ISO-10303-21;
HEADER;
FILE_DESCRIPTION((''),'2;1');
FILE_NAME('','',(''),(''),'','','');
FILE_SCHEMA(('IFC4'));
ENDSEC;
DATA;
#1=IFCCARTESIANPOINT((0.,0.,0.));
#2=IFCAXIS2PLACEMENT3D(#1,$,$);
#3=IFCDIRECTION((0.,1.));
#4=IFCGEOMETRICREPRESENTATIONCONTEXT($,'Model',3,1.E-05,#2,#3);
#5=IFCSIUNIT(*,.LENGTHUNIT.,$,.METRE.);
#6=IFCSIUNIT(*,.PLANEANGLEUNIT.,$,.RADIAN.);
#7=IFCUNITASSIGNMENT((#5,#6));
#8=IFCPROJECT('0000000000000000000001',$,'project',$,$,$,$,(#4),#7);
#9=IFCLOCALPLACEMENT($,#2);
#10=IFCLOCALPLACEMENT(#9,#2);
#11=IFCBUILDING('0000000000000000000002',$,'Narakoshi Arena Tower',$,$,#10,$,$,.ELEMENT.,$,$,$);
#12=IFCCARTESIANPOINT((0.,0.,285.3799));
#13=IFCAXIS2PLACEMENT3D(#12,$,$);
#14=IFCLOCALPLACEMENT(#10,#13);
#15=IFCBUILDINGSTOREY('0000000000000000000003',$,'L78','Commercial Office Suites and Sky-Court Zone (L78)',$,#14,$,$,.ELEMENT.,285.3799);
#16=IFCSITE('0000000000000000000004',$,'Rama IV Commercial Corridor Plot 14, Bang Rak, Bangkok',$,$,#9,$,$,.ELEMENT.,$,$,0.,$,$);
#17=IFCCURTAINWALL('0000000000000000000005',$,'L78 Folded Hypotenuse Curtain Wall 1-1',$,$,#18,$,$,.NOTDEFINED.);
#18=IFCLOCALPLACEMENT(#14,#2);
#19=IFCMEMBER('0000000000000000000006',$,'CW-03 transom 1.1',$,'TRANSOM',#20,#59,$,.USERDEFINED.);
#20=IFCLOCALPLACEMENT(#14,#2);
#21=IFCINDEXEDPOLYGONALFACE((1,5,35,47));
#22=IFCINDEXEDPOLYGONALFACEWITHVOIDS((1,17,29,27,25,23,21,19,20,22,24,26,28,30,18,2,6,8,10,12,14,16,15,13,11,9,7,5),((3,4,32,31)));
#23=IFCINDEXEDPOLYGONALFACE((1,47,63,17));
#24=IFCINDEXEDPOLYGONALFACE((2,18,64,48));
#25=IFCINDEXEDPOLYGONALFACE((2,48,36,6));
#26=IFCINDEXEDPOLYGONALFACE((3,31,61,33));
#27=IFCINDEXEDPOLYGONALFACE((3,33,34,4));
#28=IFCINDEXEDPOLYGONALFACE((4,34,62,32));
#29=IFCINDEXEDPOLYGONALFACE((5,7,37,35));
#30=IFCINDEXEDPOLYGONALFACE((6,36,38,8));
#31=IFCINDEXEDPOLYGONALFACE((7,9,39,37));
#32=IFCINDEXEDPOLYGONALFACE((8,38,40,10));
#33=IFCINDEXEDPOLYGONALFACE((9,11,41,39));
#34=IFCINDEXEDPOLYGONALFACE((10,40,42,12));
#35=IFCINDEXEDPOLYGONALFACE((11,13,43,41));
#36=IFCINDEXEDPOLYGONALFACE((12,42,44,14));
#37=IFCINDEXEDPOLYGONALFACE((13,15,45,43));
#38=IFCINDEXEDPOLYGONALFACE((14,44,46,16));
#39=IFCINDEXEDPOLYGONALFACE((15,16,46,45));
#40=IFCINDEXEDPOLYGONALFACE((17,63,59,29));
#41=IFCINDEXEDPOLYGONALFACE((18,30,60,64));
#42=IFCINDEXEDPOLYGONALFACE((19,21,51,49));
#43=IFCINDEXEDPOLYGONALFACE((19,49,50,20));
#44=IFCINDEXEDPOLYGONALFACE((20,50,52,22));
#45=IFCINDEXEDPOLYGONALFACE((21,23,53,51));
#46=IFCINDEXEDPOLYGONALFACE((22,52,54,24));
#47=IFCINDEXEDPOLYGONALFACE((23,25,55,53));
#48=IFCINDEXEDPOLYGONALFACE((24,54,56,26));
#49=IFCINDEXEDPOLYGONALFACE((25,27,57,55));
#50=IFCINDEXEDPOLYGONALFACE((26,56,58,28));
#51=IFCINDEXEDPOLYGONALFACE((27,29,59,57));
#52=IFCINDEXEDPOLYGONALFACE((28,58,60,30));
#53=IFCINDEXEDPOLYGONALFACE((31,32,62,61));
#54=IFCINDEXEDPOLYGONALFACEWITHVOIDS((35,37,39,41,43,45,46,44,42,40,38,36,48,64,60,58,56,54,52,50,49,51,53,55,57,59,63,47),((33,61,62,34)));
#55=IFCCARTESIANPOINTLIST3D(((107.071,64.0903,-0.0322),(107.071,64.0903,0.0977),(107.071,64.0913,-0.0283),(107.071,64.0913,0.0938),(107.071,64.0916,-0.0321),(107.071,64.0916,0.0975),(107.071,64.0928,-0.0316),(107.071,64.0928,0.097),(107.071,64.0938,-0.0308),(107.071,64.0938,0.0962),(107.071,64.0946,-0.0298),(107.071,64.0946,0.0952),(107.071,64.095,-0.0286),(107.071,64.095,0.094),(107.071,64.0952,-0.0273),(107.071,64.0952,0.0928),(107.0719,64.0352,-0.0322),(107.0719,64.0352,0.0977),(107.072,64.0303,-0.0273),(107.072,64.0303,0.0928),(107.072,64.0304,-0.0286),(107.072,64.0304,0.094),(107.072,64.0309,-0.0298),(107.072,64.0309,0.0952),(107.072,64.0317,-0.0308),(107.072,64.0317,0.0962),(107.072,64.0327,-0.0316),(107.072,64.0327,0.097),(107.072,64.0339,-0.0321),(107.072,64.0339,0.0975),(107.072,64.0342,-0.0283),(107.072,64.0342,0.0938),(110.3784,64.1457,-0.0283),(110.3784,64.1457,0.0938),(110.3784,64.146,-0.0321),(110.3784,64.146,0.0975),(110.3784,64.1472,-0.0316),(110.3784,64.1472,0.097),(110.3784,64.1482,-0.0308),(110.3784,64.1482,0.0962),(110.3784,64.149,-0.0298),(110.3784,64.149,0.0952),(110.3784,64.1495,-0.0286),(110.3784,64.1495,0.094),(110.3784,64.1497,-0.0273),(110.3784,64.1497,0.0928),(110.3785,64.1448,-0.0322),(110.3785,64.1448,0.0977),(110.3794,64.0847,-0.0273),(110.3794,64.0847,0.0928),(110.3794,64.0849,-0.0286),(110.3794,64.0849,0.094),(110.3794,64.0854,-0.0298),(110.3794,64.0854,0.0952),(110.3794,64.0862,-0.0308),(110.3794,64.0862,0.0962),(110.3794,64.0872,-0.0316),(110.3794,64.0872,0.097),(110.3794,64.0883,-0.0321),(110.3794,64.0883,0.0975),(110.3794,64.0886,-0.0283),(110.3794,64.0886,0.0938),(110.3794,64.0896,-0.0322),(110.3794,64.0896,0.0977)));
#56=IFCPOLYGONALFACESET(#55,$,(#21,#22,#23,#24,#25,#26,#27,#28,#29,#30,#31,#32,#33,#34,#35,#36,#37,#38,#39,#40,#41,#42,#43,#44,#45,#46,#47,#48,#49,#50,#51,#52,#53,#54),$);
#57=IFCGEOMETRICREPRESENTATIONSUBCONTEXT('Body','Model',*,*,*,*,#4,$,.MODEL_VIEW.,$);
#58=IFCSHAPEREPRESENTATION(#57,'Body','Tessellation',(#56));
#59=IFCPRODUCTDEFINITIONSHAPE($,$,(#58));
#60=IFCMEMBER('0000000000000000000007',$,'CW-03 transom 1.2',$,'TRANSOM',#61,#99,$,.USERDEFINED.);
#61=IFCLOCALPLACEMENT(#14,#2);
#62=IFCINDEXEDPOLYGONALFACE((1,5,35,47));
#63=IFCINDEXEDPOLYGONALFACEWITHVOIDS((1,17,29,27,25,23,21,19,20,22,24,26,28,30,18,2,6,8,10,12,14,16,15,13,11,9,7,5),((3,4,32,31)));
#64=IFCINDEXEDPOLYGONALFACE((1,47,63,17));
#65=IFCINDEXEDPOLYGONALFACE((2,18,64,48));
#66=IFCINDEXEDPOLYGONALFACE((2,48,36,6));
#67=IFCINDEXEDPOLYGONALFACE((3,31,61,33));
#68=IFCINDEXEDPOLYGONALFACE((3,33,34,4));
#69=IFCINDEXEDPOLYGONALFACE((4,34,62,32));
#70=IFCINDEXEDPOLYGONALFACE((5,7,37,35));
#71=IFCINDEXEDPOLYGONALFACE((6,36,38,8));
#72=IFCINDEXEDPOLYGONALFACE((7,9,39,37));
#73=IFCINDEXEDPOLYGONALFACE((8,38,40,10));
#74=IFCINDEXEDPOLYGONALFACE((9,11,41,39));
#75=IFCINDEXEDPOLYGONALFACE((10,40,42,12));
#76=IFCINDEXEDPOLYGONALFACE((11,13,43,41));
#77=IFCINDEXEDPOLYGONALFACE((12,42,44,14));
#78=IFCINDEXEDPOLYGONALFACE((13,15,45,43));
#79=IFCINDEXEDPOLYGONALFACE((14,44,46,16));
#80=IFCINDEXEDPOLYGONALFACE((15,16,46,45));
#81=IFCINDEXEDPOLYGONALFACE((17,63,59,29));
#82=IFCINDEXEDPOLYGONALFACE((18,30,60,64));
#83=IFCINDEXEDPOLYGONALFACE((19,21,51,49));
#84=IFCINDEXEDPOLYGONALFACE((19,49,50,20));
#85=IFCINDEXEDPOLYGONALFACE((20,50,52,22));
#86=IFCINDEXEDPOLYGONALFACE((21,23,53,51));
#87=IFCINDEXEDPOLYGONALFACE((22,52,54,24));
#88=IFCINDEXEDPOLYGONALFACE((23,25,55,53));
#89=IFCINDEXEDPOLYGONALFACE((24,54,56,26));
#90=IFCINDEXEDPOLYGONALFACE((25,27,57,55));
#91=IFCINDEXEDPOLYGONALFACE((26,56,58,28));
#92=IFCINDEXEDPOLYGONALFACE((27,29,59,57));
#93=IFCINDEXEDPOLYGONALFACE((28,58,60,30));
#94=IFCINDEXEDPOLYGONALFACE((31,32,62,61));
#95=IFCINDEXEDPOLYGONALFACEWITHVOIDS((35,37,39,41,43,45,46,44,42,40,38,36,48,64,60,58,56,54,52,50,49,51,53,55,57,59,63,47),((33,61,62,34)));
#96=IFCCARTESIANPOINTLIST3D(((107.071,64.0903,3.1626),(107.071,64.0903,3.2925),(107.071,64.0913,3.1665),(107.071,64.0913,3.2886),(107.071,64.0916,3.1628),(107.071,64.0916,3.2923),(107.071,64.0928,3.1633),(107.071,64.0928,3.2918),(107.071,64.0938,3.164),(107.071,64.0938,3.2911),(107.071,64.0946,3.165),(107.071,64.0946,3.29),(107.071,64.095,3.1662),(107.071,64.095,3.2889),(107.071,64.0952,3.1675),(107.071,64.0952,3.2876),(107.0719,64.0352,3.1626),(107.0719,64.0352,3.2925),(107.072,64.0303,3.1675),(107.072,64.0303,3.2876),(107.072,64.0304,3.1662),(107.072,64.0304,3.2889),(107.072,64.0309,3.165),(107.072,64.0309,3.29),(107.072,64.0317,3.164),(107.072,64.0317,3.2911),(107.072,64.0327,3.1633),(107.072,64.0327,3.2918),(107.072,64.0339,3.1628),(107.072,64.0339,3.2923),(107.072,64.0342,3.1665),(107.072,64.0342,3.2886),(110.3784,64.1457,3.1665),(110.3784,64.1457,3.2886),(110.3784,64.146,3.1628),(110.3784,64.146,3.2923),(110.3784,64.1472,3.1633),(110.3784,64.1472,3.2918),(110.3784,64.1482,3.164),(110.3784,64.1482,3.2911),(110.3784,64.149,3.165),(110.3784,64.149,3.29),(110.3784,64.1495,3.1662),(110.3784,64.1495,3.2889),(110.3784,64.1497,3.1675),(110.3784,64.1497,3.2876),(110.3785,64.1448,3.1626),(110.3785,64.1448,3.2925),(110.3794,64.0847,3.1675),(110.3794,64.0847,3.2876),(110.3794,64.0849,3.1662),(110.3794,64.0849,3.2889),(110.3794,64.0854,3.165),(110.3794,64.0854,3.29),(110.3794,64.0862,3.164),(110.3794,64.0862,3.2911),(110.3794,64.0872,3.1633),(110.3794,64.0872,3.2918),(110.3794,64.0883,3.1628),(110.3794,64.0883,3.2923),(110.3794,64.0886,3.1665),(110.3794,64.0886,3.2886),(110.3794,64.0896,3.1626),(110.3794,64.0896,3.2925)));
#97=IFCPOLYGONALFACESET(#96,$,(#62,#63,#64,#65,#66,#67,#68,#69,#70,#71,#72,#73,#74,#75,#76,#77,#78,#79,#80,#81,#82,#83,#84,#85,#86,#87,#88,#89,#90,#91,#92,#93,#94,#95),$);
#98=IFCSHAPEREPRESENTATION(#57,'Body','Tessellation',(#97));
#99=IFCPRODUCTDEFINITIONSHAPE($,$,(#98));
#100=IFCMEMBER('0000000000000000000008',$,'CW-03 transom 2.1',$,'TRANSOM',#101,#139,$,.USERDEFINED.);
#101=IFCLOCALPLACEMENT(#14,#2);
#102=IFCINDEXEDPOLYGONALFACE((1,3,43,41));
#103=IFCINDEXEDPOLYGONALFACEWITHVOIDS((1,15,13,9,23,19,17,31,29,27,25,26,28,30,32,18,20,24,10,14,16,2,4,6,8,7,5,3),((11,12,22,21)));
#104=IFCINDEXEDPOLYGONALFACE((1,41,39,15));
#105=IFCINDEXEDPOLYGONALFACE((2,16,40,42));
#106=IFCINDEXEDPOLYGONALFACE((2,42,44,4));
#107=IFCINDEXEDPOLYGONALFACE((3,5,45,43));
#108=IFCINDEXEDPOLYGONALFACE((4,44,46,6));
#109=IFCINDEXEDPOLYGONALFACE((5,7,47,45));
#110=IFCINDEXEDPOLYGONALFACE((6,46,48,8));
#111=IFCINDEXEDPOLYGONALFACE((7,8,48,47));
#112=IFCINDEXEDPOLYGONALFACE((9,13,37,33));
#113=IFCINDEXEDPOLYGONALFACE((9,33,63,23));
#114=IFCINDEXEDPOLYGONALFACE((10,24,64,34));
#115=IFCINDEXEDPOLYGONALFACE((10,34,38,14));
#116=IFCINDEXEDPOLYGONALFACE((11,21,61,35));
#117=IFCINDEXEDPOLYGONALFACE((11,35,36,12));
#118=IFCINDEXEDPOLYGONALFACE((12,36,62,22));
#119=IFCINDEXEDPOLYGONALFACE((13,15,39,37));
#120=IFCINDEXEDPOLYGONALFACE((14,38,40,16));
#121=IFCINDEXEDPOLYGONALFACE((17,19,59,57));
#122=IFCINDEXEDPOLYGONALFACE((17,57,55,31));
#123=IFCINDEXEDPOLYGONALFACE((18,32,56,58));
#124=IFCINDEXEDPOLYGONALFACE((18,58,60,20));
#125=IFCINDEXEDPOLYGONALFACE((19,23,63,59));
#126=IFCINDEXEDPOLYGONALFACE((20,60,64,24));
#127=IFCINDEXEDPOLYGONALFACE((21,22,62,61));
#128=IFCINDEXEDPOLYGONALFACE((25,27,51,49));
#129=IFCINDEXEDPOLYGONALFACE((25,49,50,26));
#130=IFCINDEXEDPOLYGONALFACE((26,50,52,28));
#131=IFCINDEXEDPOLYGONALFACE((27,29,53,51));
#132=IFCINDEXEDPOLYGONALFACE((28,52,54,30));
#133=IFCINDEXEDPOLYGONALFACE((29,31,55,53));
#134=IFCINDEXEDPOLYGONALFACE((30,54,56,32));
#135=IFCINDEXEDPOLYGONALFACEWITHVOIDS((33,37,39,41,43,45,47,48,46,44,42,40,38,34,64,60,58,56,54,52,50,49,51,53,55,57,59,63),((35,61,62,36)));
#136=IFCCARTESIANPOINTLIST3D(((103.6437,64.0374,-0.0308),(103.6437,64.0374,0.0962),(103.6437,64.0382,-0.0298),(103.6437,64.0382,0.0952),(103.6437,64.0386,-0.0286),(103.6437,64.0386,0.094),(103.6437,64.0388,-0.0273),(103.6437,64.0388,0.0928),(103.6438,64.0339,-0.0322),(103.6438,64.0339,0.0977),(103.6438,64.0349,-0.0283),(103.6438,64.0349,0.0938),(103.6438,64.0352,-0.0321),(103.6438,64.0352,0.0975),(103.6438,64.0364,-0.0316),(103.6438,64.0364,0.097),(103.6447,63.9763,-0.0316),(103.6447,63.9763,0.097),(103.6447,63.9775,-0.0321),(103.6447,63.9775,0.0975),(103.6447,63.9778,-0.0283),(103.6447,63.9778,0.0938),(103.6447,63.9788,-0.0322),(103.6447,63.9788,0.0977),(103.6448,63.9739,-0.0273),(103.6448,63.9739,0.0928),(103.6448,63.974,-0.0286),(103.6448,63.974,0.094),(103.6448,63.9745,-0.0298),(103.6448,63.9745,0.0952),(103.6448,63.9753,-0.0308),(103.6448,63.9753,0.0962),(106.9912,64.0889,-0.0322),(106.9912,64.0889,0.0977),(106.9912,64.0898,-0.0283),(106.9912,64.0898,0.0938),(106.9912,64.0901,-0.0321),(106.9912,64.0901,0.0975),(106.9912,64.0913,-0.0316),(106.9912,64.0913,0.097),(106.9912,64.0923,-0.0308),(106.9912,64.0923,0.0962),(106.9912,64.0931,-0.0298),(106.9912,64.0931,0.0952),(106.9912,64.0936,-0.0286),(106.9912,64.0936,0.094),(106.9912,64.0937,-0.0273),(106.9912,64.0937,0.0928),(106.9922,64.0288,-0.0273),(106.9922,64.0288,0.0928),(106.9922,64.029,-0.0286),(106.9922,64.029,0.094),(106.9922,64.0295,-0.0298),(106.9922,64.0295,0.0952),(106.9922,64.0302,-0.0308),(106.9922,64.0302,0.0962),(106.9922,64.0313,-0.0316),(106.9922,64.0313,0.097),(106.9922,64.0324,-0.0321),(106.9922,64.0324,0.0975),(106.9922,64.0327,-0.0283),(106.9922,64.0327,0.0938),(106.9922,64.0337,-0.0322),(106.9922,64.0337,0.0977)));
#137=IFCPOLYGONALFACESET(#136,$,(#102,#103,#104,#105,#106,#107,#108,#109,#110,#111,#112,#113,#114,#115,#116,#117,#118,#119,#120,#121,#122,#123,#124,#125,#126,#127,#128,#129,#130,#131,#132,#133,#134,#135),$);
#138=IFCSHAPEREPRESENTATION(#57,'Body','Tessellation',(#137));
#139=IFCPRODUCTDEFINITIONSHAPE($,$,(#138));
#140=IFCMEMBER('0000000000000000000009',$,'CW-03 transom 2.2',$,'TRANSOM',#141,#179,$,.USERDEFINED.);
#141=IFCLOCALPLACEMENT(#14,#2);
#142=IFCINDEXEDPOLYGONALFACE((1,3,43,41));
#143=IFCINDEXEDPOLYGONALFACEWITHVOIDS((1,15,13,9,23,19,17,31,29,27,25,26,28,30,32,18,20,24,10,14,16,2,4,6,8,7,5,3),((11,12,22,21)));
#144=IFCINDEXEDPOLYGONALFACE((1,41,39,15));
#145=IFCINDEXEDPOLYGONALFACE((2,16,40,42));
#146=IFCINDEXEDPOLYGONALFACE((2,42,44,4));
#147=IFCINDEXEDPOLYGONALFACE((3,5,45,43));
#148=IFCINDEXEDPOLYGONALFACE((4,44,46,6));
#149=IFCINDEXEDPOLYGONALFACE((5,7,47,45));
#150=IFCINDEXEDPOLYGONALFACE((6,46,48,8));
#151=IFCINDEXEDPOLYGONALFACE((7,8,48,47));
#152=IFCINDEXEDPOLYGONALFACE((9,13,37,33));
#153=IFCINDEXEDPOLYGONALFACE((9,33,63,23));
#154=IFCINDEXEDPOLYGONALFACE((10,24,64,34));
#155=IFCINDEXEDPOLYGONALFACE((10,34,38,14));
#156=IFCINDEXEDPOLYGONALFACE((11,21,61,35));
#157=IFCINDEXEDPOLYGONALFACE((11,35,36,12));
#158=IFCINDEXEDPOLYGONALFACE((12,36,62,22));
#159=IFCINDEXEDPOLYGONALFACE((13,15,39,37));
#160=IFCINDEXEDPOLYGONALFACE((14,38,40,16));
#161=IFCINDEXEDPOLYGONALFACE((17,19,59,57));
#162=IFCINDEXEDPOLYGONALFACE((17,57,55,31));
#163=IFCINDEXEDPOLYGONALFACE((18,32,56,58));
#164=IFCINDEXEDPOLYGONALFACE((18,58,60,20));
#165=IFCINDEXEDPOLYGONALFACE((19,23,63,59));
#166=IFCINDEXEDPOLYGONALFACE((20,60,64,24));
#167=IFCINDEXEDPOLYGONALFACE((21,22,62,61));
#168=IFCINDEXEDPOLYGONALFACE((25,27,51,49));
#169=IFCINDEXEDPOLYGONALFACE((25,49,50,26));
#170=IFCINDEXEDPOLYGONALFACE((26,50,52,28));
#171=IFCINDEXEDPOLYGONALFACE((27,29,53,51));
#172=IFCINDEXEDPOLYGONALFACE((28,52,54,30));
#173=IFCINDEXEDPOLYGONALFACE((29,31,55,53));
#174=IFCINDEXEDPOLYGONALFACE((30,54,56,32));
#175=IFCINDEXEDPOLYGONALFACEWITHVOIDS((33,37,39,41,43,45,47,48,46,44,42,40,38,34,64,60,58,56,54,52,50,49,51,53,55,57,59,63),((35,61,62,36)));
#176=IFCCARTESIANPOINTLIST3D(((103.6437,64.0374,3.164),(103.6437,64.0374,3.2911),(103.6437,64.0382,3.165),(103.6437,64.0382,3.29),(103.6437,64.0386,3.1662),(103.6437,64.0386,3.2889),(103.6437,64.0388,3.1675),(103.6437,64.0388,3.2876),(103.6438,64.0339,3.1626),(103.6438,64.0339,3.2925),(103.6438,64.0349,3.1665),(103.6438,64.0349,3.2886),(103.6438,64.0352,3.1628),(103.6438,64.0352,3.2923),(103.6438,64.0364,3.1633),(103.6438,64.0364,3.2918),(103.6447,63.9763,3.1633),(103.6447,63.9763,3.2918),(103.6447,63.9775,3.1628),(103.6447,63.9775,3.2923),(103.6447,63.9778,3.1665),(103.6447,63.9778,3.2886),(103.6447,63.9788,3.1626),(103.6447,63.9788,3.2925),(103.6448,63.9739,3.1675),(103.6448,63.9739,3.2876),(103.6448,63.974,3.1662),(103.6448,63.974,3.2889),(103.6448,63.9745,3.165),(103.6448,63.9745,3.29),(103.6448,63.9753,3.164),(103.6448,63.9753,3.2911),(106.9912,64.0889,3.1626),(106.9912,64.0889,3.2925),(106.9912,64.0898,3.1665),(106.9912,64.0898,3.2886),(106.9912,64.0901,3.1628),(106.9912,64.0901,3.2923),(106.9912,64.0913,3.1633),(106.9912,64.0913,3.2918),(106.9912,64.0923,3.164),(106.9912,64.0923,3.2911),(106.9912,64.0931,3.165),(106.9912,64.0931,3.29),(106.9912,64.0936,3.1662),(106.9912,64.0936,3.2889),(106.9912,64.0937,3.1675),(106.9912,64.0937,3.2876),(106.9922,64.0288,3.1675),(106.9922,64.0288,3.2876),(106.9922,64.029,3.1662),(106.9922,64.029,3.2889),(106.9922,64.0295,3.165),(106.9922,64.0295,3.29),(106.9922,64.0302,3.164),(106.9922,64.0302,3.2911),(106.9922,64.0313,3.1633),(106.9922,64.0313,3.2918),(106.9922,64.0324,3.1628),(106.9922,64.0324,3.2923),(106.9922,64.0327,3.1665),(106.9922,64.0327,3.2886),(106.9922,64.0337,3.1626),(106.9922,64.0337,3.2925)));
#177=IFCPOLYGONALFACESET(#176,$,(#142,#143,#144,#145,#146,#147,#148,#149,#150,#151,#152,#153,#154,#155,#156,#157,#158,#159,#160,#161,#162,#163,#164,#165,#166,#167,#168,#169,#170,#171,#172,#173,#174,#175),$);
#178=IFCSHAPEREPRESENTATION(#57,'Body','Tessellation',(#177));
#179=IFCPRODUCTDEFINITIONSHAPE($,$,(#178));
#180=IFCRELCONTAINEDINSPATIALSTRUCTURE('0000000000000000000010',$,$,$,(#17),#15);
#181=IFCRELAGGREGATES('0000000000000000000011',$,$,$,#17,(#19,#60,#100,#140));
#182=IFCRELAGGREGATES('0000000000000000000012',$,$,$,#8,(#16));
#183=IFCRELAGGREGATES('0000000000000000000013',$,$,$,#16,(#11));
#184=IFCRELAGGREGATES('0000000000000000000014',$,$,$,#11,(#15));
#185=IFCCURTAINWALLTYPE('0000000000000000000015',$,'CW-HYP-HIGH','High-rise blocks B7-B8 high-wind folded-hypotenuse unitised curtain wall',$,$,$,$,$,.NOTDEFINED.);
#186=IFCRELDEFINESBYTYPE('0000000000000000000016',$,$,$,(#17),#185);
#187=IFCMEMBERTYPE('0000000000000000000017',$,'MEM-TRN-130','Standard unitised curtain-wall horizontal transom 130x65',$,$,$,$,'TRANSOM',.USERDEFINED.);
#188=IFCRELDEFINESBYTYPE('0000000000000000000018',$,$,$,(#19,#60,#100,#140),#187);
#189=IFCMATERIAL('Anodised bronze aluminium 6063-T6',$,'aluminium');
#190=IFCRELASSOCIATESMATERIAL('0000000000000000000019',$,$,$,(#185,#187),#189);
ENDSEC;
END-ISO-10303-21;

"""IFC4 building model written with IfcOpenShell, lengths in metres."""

from ifc_helpers import new_model, si_unit, direction, frame, origin, origin_2d, place, context, subcontext, project, spatial, hollow_rectangle, extrude, material, material_profile, profile_set, type_object, element, aggregate, save


model = new_model("IFC4")

# Units and contexts
model_context = context("Model", 3, precision=1e-05, world=origin(), true_north=direction((0.0, 1.0)))
body_context = subcontext(model_context, "Body", "Model", "MODEL_VIEW")
ifc_project = project(units=[si_unit("LENGTHUNIT", "METRE"), si_unit("PLANEANGLEUNIT", "RADIAN")], contexts=[model_context])

# Site, building, storey
site_placement = place(None, origin())
site = spatial("IfcSite", under=ifc_project, at=site_placement, Name="Rama IV Commercial Corridor Plot 14, Bang Rak, Bangkok", CompositionType="ELEMENT", RefElevation=0.0)
building_placement = place(site_placement, origin())
building = spatial("IfcBuilding", under=site, at=building_placement, Name="Narakoshi Arena Tower", CompositionType="ELEMENT")
storey_placement = place(building_placement, frame((0.0, 0.0, 285.3799)))
storey = spatial("IfcBuildingStorey", under=building, at=storey_placement, Name="L78", Description="Commercial Office Suites and Sky-Court Zone (L78)", CompositionType="ELEMENT", Elevation=285.3799)

# Curtain wall, members
ifc_material_1 = material(Name="Anodised bronze aluminium 6063-T6", Category="aluminium")
curtain_wall_type = type_object("IfcCurtainWallType", Name="CW-HYP-HIGH", Description="High-rise blocks B7-B8 high-wind folded-hypotenuse unitised curtain wall", PredefinedType="NOTDEFINED", material=ifc_material_1)
curtain_wall_placement = place(storey_placement, origin())
curtain_wall = element("IfcCurtainWall", 1, at=curtain_wall_placement, inside=storey, type_object=curtain_wall_type, Name="L78 Folded Hypotenuse Curtain Wall 1-1", PredefinedType="NOTDEFINED")
ifc_material_profile_1 = material_profile(ifc_material_1, hollow_rectangle(XDim=0.0649, YDim=0.1299, WallThickness=0.0039, OuterFilletRadius=0.0049, at=origin_2d()), Name="TRN130x65x4")
ifc_profile_set_1 = profile_set([ifc_material_profile_1], Name="Anodised bronze aluminium 6063-T6")
member_type_1 = type_object("IfcMemberType", Name="MEM-TRN-130", Description="Standard unitised curtain-wall horizontal transom 130x65", ElementType="TRANSOM", PredefinedType="USERDEFINED", material=ifc_profile_set_1)
member_1_placement = place(storey_placement, frame((110.3789, 64.1172, 0.0327), z_axis=(-0.999865, -0.016459, 0.0), x_axis=(0.016459, -0.999865, 0.0)))
member_1 = element("IfcMember", 2, at=member_1_placement, type_object=member_type_1, Name="CW-03 transom 1.1", ObjectType="TRANSOM", PredefinedType="USERDEFINED", context=body_context, shape_type="SweptSolid", body=[
    extrude(hollow_rectangle(XDim=0.0649, YDim=0.1299, WallThickness=0.0039, OuterFilletRadius=0.0049, at=origin_2d()), origin(), (0.0, 0.0, 1.0), 3.3079),
])
member_2_placement = place(storey_placement, frame((110.3789, 64.1172, 3.2275), z_axis=(-0.999865, -0.016459, 0.0), x_axis=(0.016459, -0.999865, 0.0)))
member_2 = element("IfcMember", 3, at=member_2_placement, type_object=member_type_1, Name="CW-03 transom 1.2", ObjectType="TRANSOM", PredefinedType="USERDEFINED", context=body_context, shape_type="SweptSolid", body=[
    extrude(hollow_rectangle(XDim=0.0649, YDim=0.1299, WallThickness=0.0039, OuterFilletRadius=0.0049, at=origin_2d()), origin(), (0.0, 0.0, 1.0), 3.3079),
])
member_3_placement = place(storey_placement, frame((106.9917, 64.0613, 0.0327), z_axis=(-0.999865, -0.016408, 0.0), x_axis=(0.016408, -0.999865, 0.0)))
member_3 = element("IfcMember", 4, at=member_3_placement, type_object=member_type_1, Name="CW-03 transom 2.1", ObjectType="TRANSOM", PredefinedType="USERDEFINED", context=body_context, shape_type="SweptSolid", body=[
    extrude(hollow_rectangle(XDim=0.0649, YDim=0.1299, WallThickness=0.0039, OuterFilletRadius=0.0049, at=origin_2d()), origin(), (0.0, 0.0, 1.0), 3.3479),
])
member_4_placement = place(storey_placement, frame((106.9917, 64.0613, 3.2275), z_axis=(-0.999865, -0.016408, 0.0), x_axis=(0.016408, -0.999865, 0.0)))
member_4 = element("IfcMember", 5, at=member_4_placement, type_object=member_type_1, Name="CW-03 transom 2.2", ObjectType="TRANSOM", PredefinedType="USERDEFINED", context=body_context, shape_type="SweptSolid", body=[
    extrude(hollow_rectangle(XDim=0.0649, YDim=0.1299, WallThickness=0.0039, OuterFilletRadius=0.0049, at=origin_2d()), origin(), (0.0, 0.0, 1.0), 3.3479),
])
aggregate(curtain_wall, [member_1, member_2, member_3, member_4])

save(model, "model.ifc")
